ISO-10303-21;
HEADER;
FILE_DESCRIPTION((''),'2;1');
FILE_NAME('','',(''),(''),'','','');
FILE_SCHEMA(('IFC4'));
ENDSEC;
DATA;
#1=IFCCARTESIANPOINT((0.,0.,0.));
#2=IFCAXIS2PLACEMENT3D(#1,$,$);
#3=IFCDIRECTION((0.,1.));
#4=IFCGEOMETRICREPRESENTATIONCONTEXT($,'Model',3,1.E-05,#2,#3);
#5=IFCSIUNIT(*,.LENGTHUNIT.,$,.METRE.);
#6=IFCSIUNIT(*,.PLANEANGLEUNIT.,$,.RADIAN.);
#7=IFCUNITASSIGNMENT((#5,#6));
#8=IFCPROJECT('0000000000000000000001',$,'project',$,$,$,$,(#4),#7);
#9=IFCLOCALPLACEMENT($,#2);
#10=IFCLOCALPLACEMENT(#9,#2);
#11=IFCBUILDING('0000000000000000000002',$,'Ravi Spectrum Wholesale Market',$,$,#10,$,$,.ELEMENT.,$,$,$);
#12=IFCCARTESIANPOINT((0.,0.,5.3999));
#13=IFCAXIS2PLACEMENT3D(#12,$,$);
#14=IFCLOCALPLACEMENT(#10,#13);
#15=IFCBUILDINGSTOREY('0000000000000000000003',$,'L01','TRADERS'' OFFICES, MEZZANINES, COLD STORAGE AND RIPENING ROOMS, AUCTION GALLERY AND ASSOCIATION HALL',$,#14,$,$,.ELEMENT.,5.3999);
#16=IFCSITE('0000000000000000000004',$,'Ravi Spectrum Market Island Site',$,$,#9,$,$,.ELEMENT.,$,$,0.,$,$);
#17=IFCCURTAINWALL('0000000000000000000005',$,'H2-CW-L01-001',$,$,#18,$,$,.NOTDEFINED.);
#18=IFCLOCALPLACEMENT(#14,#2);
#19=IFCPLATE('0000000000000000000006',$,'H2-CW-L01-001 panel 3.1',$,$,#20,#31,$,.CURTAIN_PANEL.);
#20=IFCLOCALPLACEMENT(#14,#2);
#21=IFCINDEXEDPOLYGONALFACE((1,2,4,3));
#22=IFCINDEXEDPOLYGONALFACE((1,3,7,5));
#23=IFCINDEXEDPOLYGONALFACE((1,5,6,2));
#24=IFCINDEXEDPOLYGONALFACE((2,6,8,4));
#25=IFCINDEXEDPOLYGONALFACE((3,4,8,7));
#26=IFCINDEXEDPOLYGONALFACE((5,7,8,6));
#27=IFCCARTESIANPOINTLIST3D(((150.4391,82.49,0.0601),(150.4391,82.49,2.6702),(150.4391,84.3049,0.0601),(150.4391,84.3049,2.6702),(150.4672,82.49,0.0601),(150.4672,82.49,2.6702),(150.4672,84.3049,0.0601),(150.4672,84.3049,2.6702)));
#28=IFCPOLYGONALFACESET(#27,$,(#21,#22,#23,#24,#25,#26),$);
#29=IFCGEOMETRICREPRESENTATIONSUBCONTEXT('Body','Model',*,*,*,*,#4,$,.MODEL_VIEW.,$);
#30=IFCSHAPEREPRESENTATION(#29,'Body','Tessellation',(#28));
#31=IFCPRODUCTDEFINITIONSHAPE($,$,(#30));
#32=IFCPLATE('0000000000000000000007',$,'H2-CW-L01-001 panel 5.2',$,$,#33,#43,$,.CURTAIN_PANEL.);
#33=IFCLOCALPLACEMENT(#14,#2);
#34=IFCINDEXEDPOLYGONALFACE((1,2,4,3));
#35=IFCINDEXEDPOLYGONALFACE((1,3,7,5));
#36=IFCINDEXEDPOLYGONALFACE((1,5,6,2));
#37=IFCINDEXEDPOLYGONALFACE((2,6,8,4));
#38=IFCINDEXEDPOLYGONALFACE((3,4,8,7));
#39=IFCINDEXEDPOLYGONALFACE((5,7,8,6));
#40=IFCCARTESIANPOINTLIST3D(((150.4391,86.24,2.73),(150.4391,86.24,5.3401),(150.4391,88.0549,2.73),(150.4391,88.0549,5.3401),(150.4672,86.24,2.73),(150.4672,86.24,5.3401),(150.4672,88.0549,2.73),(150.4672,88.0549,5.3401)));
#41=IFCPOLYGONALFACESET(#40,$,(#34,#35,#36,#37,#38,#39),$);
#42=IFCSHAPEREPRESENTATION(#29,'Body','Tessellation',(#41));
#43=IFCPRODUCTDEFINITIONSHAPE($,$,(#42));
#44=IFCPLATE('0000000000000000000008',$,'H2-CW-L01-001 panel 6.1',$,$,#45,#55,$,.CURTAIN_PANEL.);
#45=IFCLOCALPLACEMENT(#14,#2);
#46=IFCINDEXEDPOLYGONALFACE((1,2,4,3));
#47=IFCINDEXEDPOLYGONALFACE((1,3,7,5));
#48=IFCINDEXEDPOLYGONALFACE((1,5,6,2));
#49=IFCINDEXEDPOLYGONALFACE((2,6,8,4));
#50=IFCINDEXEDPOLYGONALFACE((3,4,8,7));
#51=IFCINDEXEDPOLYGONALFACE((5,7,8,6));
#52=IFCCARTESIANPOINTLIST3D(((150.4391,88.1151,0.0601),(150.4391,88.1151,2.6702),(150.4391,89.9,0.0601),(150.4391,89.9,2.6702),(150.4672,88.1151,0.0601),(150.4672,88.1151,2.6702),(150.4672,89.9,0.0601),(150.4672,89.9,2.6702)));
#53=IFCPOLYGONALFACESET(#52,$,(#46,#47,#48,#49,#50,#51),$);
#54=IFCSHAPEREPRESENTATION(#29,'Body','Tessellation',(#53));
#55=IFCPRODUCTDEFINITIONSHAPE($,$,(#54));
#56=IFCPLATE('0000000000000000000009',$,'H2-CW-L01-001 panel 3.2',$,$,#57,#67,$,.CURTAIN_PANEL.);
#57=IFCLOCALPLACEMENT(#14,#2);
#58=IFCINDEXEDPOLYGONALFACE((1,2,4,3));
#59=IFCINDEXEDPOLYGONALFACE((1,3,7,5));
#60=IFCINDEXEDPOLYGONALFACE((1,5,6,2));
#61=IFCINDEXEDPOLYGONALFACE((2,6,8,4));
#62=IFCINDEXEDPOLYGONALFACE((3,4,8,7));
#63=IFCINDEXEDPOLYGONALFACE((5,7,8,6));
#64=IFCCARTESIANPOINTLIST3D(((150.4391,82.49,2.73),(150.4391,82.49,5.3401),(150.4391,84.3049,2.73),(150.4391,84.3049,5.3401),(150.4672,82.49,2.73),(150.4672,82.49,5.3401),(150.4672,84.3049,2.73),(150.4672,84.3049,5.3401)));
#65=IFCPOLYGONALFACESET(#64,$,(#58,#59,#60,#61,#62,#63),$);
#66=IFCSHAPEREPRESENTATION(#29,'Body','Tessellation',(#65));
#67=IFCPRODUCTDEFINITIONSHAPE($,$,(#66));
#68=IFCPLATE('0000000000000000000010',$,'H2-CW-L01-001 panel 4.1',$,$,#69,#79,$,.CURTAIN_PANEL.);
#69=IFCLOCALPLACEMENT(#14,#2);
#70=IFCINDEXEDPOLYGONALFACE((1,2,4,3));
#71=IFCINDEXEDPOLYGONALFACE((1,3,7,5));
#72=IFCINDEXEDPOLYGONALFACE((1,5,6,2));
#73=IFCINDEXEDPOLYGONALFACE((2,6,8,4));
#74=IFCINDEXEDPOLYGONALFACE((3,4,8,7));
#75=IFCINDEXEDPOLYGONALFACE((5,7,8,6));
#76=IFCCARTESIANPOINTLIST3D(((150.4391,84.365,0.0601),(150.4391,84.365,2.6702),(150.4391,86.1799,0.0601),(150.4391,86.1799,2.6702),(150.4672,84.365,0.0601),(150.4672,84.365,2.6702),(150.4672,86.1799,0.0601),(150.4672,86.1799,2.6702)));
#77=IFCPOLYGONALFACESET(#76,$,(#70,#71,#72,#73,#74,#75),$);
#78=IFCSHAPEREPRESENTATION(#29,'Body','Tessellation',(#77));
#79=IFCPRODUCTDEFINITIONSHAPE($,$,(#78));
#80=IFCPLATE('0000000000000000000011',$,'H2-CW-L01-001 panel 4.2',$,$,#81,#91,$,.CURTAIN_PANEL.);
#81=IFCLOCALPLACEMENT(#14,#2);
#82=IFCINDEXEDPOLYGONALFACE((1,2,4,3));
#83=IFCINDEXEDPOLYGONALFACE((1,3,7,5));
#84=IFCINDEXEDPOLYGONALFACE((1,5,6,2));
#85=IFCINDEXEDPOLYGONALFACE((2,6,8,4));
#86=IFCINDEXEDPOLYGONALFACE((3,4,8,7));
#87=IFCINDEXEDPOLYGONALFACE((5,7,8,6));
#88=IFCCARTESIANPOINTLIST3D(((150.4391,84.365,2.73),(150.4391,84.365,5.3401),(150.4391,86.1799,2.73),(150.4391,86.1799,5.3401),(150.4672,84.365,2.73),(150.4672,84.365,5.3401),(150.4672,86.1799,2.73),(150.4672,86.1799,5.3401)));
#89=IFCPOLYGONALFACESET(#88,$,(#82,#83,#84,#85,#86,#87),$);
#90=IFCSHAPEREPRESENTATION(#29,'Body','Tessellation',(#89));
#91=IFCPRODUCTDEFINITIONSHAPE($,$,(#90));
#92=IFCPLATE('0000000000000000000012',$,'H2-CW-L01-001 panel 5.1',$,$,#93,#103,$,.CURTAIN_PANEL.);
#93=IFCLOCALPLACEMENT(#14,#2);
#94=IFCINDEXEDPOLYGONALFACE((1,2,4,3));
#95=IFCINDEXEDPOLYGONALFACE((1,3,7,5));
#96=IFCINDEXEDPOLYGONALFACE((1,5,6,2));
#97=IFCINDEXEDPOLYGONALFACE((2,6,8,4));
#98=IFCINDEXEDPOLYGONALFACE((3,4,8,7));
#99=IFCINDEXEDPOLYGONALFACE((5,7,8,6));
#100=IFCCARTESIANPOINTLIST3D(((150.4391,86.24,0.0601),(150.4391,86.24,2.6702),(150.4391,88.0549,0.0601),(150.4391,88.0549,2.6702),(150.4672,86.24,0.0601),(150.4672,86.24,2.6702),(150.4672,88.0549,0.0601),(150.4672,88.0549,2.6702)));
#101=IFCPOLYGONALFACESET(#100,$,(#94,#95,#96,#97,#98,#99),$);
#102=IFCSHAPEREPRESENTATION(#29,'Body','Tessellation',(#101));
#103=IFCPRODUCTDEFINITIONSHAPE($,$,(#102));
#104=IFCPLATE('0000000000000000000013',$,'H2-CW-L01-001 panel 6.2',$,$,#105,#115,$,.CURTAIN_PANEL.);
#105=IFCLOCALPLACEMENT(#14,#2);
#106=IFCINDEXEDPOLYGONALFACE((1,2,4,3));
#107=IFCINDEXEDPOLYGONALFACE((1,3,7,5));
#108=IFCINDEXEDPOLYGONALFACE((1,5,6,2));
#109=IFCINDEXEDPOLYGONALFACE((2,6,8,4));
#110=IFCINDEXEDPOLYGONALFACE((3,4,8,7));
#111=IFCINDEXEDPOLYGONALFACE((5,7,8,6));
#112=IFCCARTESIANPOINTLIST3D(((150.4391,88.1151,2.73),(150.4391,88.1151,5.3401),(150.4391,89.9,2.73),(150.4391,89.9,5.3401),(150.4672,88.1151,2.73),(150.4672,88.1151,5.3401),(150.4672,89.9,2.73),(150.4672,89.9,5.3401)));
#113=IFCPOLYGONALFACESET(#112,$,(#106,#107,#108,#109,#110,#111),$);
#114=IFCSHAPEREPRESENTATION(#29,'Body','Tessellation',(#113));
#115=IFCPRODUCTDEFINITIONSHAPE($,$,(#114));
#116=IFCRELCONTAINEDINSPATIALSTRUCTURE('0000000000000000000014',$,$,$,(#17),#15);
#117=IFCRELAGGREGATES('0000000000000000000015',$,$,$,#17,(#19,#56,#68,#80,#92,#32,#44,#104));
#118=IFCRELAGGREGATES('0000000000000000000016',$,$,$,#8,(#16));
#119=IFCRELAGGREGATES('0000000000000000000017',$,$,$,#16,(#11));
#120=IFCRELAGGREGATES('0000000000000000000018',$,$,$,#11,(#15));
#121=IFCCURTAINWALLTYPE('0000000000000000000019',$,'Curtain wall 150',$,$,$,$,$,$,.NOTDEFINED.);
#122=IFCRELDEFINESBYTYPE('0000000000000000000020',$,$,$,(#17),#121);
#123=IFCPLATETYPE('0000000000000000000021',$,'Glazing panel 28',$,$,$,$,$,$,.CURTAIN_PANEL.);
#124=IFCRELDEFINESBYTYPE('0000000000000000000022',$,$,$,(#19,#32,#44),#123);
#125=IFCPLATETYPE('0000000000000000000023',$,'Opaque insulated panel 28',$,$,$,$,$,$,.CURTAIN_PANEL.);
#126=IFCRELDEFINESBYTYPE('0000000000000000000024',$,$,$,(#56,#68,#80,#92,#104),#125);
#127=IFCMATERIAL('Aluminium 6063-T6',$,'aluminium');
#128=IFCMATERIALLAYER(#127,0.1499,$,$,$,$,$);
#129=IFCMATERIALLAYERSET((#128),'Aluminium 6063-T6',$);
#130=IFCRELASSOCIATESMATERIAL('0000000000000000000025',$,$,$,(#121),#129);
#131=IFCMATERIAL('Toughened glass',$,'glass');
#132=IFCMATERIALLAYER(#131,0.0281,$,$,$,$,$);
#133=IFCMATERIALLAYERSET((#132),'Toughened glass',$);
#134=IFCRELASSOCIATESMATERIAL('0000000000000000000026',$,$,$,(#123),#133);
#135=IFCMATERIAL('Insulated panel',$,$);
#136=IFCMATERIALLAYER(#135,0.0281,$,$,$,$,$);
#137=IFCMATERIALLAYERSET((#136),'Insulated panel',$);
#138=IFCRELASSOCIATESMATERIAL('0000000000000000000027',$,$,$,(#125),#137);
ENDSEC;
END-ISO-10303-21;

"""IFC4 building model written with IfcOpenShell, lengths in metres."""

from ifc_helpers import new_model, si_unit, direction, frame, origin, origin_2d, place, context, subcontext, project, spatial, rectangle, extrude, material, layer, layer_set, type_object, element, aggregate, save


model = new_model("IFC4")

# Units and contexts
model_context = context("Model", 3, precision=1e-05, world=origin(), true_north=direction((0.0, 1.0)))
body_context = subcontext(model_context, "Body", "Model", "MODEL_VIEW")
ifc_project = project(units=[si_unit("LENGTHUNIT", "METRE"), si_unit("PLANEANGLEUNIT", "RADIAN")], contexts=[model_context])

# Site, building, storey
site_placement = place(None, origin())
site = spatial("IfcSite", under=ifc_project, at=site_placement, Name="Ravi Spectrum Market Island Site", CompositionType="ELEMENT", RefElevation=0.0)
building_placement = place(site_placement, origin())
building = spatial("IfcBuilding", under=site, at=building_placement, Name="Ravi Spectrum Wholesale Market", CompositionType="ELEMENT")
storey_placement = place(building_placement, frame((0.0, 0.0, 5.3999)))
storey = spatial("IfcBuildingStorey", under=building, at=storey_placement, Name="L01", Description="TRADERS' OFFICES, MEZZANINES, COLD STORAGE AND RIPENING ROOMS, AUCTION GALLERY AND ASSOCIATION HALL", CompositionType="ELEMENT", Elevation=5.3999)

# Curtain wall, plates
ifc_material_1 = material(Name="Aluminium 6063-T6", Category="aluminium")
ifc_layer_1 = layer(ifc_material_1, 0.1499)
ifc_layer_set_1 = layer_set([ifc_layer_1], Name="Aluminium 6063-T6")
curtain_wall_type = type_object("IfcCurtainWallType", Name="Curtain wall 150", PredefinedType="NOTDEFINED", material=ifc_layer_set_1)
curtain_wall_placement = place(storey_placement, origin())
curtain_wall = element("IfcCurtainWall", 1, at=curtain_wall_placement, inside=storey, type_object=curtain_wall_type, Name="H2-CW-L01-001", PredefinedType="NOTDEFINED")
ifc_material_2 = material(Name="Toughened glass", Category="glass")
ifc_layer_2 = layer(ifc_material_2, 0.0281)
ifc_layer_set_2 = layer_set([ifc_layer_2], Name="Toughened glass")
plate_type_1 = type_object("IfcPlateType", Name="Glazing panel 28", PredefinedType="CURTAIN_PANEL", material=ifc_layer_set_2)
plate_1_placement = place(storey_placement, frame((150.4531, 83.3975, 0.0601), z_axis=(0.0, 0.0, 1.0), x_axis=(0.0, 1.0, 0.0)))
plate_1 = element("IfcPlate", 2, at=plate_1_placement, type_object=plate_type_1, Name="H2-CW-L01-001 panel 3.1", PredefinedType="CURTAIN_PANEL", context=body_context, shape_type="SweptSolid", body=[
    extrude(rectangle(XDim=1.8149, YDim=0.0281, at=origin_2d()), origin(), (0.0, 0.0, 1.0), 2.6101),
])
plate_2_placement = place(storey_placement, frame((150.4531, 87.1475, 2.73), z_axis=(0.0, 0.0, 1.0), x_axis=(0.0, 1.0, 0.0)))
plate_2 = element("IfcPlate", 3, at=plate_2_placement, type_object=plate_type_1, Name="H2-CW-L01-001 panel 5.2", PredefinedType="CURTAIN_PANEL", context=body_context, shape_type="SweptSolid", body=[
    extrude(rectangle(XDim=1.8149, YDim=0.0281, at=origin_2d()), origin(), (0.0, 0.0, 1.0), 2.6101),
])
plate_3_placement = place(storey_placement, frame((150.4531, 89.0076, 0.0601), z_axis=(0.0, 0.0, 1.0), x_axis=(0.0, 1.0, 0.0)))
plate_3 = element("IfcPlate", 4, at=plate_3_placement, type_object=plate_type_1, Name="H2-CW-L01-001 panel 6.1", PredefinedType="CURTAIN_PANEL", context=body_context, shape_type="SweptSolid", body=[
    extrude(rectangle(XDim=1.7849, YDim=0.0281, at=origin_2d()), origin(), (0.0, 0.0, 1.0), 2.6101),
])
ifc_material_3 = material(Name="Insulated panel")
ifc_layer_3 = layer(ifc_material_3, 0.0281)
ifc_layer_set_3 = layer_set([ifc_layer_3], Name="Insulated panel")
plate_type_2 = type_object("IfcPlateType", Name="Opaque insulated panel 28", PredefinedType="CURTAIN_PANEL", material=ifc_layer_set_3)
plate_4_placement = place(storey_placement, frame((150.4531, 83.3975, 2.73), z_axis=(0.0, 0.0, 1.0), x_axis=(0.0, 1.0, 0.0)))
plate_4 = element("IfcPlate", 5, at=plate_4_placement, type_object=plate_type_2, Name="H2-CW-L01-001 panel 3.2", PredefinedType="CURTAIN_PANEL", context=body_context, shape_type="SweptSolid", body=[
    extrude(rectangle(XDim=1.8149, YDim=0.0281, at=origin_2d()), origin(), (0.0, 0.0, 1.0), 2.6101),
])
plate_5_placement = place(storey_placement, frame((150.4531, 85.2725, 0.0601), z_axis=(0.0, 0.0, 1.0), x_axis=(0.0, 1.0, 0.0)))
plate_5 = element("IfcPlate", 6, at=plate_5_placement, type_object=plate_type_2, Name="H2-CW-L01-001 panel 4.1", PredefinedType="CURTAIN_PANEL", context=body_context, shape_type="SweptSolid", body=[
    extrude(rectangle(XDim=1.8149, YDim=0.0281, at=origin_2d()), origin(), (0.0, 0.0, 1.0), 2.6101),
])
plate_6_placement = place(storey_placement, frame((150.4531, 85.2725, 2.73), z_axis=(0.0, 0.0, 1.0), x_axis=(0.0, 1.0, 0.0)))
plate_6 = element("IfcPlate", 7, at=plate_6_placement, type_object=plate_type_2, Name="H2-CW-L01-001 panel 4.2", PredefinedType="CURTAIN_PANEL", context=body_context, shape_type="SweptSolid", body=[
    extrude(rectangle(XDim=1.8149, YDim=0.0281, at=origin_2d()), origin(), (0.0, 0.0, 1.0), 2.6101),
])
plate_7_placement = place(storey_placement, frame((150.4531, 87.1475, 0.0601), z_axis=(0.0, 0.0, 1.0), x_axis=(0.0, 1.0, 0.0)))
plate_7 = element("IfcPlate", 8, at=plate_7_placement, type_object=plate_type_2, Name="H2-CW-L01-001 panel 5.1", PredefinedType="CURTAIN_PANEL", context=body_context, shape_type="SweptSolid", body=[
    extrude(rectangle(XDim=1.8149, YDim=0.0281, at=origin_2d()), origin(), (0.0, 0.0, 1.0), 2.6101),
])
plate_8_placement = place(storey_placement, frame((150.4531, 89.0076, 2.73), z_axis=(0.0, 0.0, 1.0), x_axis=(0.0, 1.0, 0.0)))
plate_8 = element("IfcPlate", 9, at=plate_8_placement, type_object=plate_type_2, Name="H2-CW-L01-001 panel 6.2", PredefinedType="CURTAIN_PANEL", context=body_context, shape_type="SweptSolid", body=[
    extrude(rectangle(XDim=1.7849, YDim=0.0281, at=origin_2d()), origin(), (0.0, 0.0, 1.0), 2.6101),
])
aggregate(curtain_wall, [plate_1, plate_4, plate_5, plate_6, plate_7, plate_2, plate_3, plate_8])

save(model, "model.ifc")
